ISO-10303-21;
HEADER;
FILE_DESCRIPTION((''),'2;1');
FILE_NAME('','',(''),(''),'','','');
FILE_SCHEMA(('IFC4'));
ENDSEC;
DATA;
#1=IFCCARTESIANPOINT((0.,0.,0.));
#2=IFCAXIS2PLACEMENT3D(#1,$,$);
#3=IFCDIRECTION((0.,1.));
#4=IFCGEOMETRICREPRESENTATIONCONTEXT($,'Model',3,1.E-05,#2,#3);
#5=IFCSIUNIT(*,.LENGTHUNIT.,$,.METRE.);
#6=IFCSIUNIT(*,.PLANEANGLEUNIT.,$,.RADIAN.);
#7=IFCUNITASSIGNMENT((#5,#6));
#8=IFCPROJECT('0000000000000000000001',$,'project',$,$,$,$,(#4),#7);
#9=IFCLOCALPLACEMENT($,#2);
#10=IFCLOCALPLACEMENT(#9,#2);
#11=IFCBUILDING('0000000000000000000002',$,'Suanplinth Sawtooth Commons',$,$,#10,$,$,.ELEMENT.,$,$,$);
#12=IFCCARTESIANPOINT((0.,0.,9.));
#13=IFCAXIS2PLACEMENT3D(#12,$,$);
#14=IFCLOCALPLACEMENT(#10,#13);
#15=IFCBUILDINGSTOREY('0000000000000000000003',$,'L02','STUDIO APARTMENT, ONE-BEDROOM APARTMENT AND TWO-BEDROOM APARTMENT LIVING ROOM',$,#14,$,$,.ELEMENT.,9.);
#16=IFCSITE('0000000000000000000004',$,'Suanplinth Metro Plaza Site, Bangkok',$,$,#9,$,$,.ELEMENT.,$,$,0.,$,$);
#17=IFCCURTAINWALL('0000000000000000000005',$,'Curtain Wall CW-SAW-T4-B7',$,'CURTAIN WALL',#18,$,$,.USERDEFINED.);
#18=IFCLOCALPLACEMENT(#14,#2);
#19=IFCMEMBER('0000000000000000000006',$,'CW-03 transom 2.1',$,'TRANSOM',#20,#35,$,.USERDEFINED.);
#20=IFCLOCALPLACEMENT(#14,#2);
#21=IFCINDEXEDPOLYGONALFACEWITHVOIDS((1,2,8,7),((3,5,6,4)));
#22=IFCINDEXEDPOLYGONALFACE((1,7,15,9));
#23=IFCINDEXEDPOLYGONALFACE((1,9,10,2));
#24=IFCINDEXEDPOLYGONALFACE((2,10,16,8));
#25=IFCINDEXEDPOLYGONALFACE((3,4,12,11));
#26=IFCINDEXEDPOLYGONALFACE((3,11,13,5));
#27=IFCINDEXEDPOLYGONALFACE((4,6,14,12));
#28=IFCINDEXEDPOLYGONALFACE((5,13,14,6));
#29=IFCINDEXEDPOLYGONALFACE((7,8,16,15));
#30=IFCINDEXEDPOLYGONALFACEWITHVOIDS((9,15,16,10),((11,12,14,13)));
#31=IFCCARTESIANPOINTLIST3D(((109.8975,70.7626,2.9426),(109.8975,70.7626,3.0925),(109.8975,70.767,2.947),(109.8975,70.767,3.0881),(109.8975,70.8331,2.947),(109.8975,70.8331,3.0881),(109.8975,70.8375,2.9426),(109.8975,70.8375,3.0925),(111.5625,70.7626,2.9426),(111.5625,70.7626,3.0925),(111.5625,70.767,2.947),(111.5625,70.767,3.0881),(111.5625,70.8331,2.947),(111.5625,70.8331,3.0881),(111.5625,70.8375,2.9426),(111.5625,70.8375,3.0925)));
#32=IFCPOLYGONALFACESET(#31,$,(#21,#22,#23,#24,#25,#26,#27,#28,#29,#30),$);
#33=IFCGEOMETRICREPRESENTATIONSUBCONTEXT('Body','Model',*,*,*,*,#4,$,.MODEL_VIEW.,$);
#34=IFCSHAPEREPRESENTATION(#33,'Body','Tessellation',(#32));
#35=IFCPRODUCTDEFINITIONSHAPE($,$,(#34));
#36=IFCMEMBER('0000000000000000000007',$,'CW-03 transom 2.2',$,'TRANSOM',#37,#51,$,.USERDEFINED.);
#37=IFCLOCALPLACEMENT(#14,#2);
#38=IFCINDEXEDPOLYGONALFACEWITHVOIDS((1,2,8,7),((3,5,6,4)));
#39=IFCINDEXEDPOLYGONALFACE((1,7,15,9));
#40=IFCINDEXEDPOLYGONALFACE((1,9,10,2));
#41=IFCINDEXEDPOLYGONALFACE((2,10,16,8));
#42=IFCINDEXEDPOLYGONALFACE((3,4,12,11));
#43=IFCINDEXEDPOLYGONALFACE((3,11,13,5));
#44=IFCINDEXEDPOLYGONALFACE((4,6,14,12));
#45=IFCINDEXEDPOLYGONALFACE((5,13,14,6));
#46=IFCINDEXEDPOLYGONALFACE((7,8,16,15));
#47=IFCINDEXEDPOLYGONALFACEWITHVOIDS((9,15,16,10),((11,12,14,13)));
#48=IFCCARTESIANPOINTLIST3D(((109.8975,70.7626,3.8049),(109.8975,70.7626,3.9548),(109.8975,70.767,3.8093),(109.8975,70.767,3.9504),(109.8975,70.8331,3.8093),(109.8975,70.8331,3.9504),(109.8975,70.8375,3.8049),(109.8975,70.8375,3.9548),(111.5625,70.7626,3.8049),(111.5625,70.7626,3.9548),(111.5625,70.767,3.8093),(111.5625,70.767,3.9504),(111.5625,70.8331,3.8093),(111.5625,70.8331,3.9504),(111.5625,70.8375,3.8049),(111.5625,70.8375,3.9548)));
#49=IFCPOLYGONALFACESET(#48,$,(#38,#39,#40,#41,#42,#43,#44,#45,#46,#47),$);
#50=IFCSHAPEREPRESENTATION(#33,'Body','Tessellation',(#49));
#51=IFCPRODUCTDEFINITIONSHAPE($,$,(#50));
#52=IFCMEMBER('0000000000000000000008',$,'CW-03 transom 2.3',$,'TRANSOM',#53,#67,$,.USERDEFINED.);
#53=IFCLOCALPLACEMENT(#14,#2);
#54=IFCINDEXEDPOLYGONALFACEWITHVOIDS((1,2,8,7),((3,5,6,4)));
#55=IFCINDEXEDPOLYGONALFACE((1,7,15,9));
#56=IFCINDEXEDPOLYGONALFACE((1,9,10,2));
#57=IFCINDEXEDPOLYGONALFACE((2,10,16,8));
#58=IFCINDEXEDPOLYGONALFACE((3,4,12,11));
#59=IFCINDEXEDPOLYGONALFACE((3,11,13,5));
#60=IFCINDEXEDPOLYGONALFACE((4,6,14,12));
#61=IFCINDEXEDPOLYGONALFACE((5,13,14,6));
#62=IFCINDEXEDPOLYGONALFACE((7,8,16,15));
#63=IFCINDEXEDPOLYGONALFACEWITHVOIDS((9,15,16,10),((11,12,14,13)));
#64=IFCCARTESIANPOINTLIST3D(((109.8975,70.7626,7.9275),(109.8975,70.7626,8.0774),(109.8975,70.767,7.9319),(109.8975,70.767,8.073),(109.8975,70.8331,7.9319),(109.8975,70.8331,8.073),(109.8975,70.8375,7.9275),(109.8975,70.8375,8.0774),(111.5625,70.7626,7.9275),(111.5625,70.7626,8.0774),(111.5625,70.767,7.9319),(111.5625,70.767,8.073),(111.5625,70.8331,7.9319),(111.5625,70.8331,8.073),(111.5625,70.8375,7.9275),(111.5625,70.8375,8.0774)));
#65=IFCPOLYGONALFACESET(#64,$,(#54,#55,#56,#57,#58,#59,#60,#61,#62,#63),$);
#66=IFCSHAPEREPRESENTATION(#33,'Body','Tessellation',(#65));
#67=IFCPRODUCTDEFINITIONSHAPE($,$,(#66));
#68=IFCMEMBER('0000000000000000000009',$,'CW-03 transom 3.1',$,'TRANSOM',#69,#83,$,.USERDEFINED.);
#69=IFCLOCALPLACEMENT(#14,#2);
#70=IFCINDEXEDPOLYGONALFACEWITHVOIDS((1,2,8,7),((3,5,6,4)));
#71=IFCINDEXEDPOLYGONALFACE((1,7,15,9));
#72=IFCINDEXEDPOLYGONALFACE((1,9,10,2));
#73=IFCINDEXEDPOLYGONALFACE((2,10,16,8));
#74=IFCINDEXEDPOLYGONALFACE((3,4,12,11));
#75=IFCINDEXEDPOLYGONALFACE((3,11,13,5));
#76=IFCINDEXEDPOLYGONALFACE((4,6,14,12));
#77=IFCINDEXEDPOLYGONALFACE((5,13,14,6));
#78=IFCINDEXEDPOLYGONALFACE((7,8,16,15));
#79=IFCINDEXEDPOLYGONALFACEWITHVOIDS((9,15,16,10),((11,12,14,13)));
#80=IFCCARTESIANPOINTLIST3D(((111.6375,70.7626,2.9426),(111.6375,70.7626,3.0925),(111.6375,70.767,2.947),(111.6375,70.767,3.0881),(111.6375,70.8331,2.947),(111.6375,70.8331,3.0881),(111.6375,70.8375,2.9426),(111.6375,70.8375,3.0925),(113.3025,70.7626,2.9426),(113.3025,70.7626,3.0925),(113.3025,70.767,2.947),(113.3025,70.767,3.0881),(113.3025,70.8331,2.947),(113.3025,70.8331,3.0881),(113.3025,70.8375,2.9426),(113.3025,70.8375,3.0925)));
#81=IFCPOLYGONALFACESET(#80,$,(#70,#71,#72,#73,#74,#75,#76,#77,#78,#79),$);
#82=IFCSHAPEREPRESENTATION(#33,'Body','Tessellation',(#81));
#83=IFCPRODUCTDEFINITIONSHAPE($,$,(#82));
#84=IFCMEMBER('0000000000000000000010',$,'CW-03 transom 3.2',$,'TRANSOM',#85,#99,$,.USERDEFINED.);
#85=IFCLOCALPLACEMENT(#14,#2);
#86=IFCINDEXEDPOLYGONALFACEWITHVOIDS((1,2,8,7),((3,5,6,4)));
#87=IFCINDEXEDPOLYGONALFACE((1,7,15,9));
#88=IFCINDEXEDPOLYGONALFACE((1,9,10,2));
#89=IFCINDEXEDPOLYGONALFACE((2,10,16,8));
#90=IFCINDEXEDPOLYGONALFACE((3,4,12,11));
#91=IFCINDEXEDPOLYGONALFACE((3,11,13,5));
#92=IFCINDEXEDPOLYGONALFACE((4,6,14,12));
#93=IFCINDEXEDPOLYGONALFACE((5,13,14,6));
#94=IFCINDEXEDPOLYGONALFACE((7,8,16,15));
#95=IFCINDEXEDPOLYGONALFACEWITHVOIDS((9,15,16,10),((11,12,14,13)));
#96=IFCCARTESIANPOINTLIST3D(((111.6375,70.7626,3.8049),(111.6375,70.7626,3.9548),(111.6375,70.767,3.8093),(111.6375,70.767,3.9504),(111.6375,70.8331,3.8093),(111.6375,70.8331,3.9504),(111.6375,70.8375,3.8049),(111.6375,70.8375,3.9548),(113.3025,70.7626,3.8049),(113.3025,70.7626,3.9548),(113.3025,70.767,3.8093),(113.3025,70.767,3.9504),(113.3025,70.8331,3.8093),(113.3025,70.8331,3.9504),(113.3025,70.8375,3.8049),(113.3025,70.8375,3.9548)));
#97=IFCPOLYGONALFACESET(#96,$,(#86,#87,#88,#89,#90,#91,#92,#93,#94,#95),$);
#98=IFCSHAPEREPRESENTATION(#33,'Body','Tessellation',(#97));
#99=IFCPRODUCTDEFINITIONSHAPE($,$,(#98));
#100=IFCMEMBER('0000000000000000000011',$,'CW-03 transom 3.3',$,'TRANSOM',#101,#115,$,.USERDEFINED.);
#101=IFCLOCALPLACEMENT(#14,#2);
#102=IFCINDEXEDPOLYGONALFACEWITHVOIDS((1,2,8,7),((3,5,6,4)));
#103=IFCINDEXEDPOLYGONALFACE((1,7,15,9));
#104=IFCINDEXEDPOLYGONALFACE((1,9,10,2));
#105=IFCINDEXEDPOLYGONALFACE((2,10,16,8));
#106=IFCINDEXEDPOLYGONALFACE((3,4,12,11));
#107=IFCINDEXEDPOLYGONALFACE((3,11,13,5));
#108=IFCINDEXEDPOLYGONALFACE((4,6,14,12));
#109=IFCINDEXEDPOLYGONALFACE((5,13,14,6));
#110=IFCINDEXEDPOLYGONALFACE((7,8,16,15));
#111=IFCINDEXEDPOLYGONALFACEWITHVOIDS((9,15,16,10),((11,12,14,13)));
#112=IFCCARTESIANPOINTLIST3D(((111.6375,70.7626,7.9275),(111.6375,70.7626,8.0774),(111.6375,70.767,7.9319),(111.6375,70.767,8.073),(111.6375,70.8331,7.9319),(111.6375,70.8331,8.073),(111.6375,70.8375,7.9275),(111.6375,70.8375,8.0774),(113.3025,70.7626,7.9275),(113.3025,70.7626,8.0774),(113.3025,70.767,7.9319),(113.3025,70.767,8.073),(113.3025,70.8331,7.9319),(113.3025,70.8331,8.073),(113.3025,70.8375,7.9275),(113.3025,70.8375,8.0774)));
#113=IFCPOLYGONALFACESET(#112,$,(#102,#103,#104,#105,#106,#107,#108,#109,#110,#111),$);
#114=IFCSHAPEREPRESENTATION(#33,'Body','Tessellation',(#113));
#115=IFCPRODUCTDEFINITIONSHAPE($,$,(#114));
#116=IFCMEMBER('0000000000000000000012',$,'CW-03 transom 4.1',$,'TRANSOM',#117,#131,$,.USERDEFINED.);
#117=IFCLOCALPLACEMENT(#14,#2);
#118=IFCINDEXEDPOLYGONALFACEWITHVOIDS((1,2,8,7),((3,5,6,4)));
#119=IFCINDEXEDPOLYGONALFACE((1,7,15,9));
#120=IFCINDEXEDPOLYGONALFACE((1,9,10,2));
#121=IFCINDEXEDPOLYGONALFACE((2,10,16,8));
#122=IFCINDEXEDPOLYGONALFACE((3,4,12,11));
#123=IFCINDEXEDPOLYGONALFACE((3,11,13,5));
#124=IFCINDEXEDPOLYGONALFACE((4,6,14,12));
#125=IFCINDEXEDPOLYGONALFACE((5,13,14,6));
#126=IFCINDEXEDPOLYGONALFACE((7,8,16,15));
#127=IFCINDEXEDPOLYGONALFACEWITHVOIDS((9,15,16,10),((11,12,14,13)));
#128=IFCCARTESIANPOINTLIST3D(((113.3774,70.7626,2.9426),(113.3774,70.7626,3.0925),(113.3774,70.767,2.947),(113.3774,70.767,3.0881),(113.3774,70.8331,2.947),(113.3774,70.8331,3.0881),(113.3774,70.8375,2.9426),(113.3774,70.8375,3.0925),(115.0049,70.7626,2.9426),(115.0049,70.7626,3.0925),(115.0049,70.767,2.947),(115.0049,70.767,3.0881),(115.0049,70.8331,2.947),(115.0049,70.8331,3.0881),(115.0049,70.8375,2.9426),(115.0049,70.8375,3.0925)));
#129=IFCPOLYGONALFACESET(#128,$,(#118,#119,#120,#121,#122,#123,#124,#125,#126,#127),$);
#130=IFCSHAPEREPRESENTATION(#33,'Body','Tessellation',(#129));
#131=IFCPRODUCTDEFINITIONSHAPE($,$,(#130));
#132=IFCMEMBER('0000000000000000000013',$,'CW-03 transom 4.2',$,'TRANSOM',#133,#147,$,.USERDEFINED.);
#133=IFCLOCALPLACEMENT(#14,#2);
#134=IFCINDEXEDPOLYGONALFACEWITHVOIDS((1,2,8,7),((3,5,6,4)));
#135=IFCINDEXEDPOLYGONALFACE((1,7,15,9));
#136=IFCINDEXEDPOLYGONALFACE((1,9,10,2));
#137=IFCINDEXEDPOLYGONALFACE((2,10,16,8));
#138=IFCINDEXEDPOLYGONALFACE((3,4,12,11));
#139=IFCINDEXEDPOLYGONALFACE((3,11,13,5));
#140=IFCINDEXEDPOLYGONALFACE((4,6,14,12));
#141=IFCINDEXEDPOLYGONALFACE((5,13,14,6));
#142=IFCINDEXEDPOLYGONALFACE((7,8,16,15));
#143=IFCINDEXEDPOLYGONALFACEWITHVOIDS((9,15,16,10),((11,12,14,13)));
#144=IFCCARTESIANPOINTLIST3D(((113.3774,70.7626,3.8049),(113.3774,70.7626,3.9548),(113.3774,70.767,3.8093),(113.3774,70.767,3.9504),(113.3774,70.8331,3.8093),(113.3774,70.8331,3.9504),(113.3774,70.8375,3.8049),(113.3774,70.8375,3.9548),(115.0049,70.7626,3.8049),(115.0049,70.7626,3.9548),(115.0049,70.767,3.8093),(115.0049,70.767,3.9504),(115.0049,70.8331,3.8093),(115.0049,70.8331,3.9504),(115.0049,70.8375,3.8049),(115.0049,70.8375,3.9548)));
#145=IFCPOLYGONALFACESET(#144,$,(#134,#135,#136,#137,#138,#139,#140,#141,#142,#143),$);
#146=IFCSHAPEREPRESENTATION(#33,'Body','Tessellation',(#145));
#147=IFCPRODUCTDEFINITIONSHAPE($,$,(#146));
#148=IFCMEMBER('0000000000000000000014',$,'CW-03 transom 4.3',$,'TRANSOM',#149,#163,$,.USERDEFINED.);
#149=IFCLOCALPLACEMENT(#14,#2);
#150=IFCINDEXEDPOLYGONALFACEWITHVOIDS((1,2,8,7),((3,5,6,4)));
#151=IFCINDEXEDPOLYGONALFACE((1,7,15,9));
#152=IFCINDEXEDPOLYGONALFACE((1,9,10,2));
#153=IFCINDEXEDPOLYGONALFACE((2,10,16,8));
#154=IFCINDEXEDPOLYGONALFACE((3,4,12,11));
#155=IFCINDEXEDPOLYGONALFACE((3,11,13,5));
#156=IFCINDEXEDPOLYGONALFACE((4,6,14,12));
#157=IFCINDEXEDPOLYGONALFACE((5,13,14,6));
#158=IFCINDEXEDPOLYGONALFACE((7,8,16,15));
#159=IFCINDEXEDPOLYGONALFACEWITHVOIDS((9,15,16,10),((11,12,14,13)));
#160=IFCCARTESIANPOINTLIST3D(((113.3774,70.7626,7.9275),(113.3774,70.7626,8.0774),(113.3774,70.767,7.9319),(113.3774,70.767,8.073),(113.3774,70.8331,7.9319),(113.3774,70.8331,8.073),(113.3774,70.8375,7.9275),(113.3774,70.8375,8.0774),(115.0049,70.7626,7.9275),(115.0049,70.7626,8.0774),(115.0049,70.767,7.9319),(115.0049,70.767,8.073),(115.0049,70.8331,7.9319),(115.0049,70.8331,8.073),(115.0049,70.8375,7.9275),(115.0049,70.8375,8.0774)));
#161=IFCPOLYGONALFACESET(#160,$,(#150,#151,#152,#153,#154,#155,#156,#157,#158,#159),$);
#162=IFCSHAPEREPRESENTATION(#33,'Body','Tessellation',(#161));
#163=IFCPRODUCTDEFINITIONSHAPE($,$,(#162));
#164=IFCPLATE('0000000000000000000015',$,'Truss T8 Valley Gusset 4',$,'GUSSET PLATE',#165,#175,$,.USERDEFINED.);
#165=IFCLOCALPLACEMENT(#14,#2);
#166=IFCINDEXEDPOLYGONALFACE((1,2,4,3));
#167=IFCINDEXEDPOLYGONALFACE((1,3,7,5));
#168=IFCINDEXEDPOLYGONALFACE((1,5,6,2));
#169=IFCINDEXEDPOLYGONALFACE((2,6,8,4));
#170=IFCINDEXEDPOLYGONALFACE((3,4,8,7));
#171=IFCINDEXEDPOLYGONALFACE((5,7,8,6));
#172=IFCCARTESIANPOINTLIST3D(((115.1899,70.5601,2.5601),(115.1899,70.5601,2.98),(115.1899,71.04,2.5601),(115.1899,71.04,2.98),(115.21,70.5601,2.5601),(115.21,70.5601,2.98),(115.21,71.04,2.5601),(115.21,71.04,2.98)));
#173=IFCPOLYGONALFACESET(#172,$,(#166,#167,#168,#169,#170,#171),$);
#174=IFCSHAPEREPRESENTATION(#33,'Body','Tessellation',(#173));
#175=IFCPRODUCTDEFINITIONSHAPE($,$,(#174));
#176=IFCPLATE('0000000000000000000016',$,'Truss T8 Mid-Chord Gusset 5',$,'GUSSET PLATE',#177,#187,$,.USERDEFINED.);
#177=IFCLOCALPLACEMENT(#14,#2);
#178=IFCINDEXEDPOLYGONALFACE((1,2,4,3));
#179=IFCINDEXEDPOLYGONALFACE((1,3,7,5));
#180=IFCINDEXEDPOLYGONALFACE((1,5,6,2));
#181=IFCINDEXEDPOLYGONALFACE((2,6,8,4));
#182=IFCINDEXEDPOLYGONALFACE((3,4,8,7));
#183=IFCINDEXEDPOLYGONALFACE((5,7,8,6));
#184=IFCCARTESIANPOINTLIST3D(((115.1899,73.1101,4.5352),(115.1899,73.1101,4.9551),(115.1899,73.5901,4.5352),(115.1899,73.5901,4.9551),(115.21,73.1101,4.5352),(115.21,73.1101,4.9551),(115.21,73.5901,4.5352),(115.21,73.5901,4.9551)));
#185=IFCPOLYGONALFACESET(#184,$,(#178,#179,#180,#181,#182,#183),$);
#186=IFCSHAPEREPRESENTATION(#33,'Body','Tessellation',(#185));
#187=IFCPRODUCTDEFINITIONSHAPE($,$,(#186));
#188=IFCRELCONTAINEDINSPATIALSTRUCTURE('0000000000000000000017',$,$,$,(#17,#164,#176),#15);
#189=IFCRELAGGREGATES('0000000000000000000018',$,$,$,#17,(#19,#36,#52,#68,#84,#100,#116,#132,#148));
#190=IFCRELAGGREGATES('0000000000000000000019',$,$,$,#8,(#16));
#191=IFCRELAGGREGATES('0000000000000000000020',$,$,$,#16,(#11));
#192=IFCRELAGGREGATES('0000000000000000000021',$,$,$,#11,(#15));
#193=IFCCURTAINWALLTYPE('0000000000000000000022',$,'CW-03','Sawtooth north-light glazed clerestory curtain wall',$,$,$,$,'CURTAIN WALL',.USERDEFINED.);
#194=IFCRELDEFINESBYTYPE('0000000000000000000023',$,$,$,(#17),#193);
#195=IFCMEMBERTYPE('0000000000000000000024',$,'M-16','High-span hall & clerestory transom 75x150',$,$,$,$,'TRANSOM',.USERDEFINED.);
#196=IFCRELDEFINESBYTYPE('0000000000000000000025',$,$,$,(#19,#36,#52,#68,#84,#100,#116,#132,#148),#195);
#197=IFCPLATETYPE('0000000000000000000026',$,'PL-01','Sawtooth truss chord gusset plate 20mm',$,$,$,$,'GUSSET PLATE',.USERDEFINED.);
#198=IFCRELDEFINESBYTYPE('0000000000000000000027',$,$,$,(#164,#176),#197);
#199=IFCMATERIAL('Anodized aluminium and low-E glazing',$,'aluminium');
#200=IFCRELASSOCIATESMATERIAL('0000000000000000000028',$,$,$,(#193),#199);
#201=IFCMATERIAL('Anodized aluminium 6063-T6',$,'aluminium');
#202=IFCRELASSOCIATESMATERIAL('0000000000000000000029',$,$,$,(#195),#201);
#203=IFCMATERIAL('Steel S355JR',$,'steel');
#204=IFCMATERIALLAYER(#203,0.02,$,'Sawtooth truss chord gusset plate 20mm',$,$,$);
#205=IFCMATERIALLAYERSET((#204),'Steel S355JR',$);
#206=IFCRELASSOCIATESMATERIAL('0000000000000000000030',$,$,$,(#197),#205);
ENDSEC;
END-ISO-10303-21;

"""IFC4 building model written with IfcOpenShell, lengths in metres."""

from ifc_helpers import new_model, si_unit, direction, frame, origin, origin_2d, place, context, subcontext, project, spatial, rectangle, hollow_rectangle, extrude, material, layer, layer_set, material_profile, profile_set, type_object, element, aggregate, save


model = new_model("IFC4")

# Units and contexts
model_context = context("Model", 3, precision=1e-05, world=origin(), true_north=direction((0.0, 1.0)))
body_context = subcontext(model_context, "Body", "Model", "MODEL_VIEW")
ifc_project = project(units=[si_unit("LENGTHUNIT", "METRE"), si_unit("PLANEANGLEUNIT", "RADIAN")], contexts=[model_context])

# Site, building, storey
site_placement = place(None, origin())
site = spatial("IfcSite", under=ifc_project, at=site_placement, Name="Suanplinth Metro Plaza Site, Bangkok", CompositionType="ELEMENT", RefElevation=0.0)
building_placement = place(site_placement, origin())
building = spatial("IfcBuilding", under=site, at=building_placement, Name="Suanplinth Sawtooth Commons", CompositionType="ELEMENT")
storey_placement = place(building_placement, frame((0.0, 0.0, 9.0)))
storey = spatial("IfcBuildingStorey", under=building, at=storey_placement, Name="L02", Description="STUDIO APARTMENT, ONE-BEDROOM APARTMENT AND TWO-BEDROOM APARTMENT LIVING ROOM", CompositionType="ELEMENT", Elevation=9.0)

# Shared definitions
ifc_material_1 = material(Name="Steel S355JR", Category="steel")

# Curtain wall, members
ifc_material_2 = material(Name="Anodized aluminium and low-E glazing", Category="aluminium")
curtain_wall_type = type_object("IfcCurtainWallType", Name="CW-03", Description="Sawtooth north-light glazed clerestory curtain wall", ElementType="CURTAIN WALL", PredefinedType="USERDEFINED", material=ifc_material_2)
curtain_wall_placement = place(storey_placement, origin())
curtain_wall = element("IfcCurtainWall", 1, at=curtain_wall_placement, inside=storey, type_object=curtain_wall_type, Name="Curtain Wall CW-SAW-T4-B7", ObjectType="CURTAIN WALL", PredefinedType="USERDEFINED")
ifc_material_3 = material(Name="Anodized aluminium 6063-T6", Category="aluminium")
ifc_material_profile_1 = material_profile(ifc_material_3, hollow_rectangle(XDim=0.075, YDim=0.1499, WallThickness=0.0044, at=origin_2d()), Name="ALU-TRN 75x150")
ifc_profile_set_1 = profile_set([ifc_material_profile_1], Name="Anodized aluminium 6063-T6")
member_type_1 = type_object("IfcMemberType", Name="M-16", Description="High-span hall & clerestory transom 75x150", ElementType="TRANSOM", PredefinedType="USERDEFINED", material=ifc_profile_set_1)
member_1_placement = place(storey_placement, frame((109.8975, 70.8, 3.0176), z_axis=(1.0, 0.0, 0.0), x_axis=(0.0, 1.0, 0.0)))
member_1 = element("IfcMember", 2, at=member_1_placement, type_object=member_type_1, Name="CW-03 transom 2.1", ObjectType="TRANSOM", PredefinedType="USERDEFINED", context=body_context, shape_type="SweptSolid", body=[
    extrude(hollow_rectangle(XDim=0.075, YDim=0.1499, WallThickness=0.0044, at=origin_2d()), origin(), (0.0, 0.0, 1.0), 1.665),
])
member_2_placement = place(storey_placement, frame((109.8975, 70.8, 3.8799), z_axis=(1.0, 0.0, 0.0), x_axis=(0.0, 1.0, 0.0)))
member_2 = element("IfcMember", 3, at=member_2_placement, type_object=member_type_1, Name="CW-03 transom 2.2", ObjectType="TRANSOM", PredefinedType="USERDEFINED", context=body_context, shape_type="SweptSolid", body=[
    extrude(hollow_rectangle(XDim=0.075, YDim=0.1499, WallThickness=0.0044, at=origin_2d()), origin(), (0.0, 0.0, 1.0), 1.665),
])
member_3_placement = place(storey_placement, frame((109.8975, 70.8, 8.0024), z_axis=(1.0, 0.0, 0.0), x_axis=(0.0, 1.0, 0.0)))
member_3 = element("IfcMember", 4, at=member_3_placement, type_object=member_type_1, Name="CW-03 transom 2.3", ObjectType="TRANSOM", PredefinedType="USERDEFINED", context=body_context, shape_type="SweptSolid", body=[
    extrude(hollow_rectangle(XDim=0.075, YDim=0.1499, WallThickness=0.0044, at=origin_2d()), origin(), (0.0, 0.0, 1.0), 1.665),
])
member_4_placement = place(storey_placement, frame((111.6375, 70.8, 3.0176), z_axis=(1.0, 0.0, 0.0), x_axis=(0.0, 1.0, 0.0)))
member_4 = element("IfcMember", 5, at=member_4_placement, type_object=member_type_1, Name="CW-03 transom 3.1", ObjectType="TRANSOM", PredefinedType="USERDEFINED", context=body_context, shape_type="SweptSolid", body=[
    extrude(hollow_rectangle(XDim=0.075, YDim=0.1499, WallThickness=0.0044, at=origin_2d()), origin(), (0.0, 0.0, 1.0), 1.665),
])
member_5_placement = place(storey_placement, frame((111.6375, 70.8, 3.8799), z_axis=(1.0, 0.0, 0.0), x_axis=(0.0, 1.0, 0.0)))
member_5 = element("IfcMember", 6, at=member_5_placement, type_object=member_type_1, Name="CW-03 transom 3.2", ObjectType="TRANSOM", PredefinedType="USERDEFINED", context=body_context, shape_type="SweptSolid", body=[
    extrude(hollow_rectangle(XDim=0.075, YDim=0.1499, WallThickness=0.0044, at=origin_2d()), origin(), (0.0, 0.0, 1.0), 1.665),
])
member_6_placement = place(storey_placement, frame((111.6375, 70.8, 8.0024), z_axis=(1.0, 0.0, 0.0), x_axis=(0.0, 1.0, 0.0)))
member_6 = element("IfcMember", 7, at=member_6_placement, type_object=member_type_1, Name="CW-03 transom 3.3", ObjectType="TRANSOM", PredefinedType="USERDEFINED", context=body_context, shape_type="SweptSolid", body=[
    extrude(hollow_rectangle(XDim=0.075, YDim=0.1499, WallThickness=0.0044, at=origin_2d()), origin(), (0.0, 0.0, 1.0), 1.665),
])
member_7_placement = place(storey_placement, frame((113.3774, 70.8, 3.0176), z_axis=(1.0, 0.0, 0.0), x_axis=(0.0, 1.0, 0.0)))
member_7 = element("IfcMember", 8, at=member_7_placement, type_object=member_type_1, Name="CW-03 transom 4.1", ObjectType="TRANSOM", PredefinedType="USERDEFINED", context=body_context, shape_type="SweptSolid", body=[
    extrude(hollow_rectangle(XDim=0.075, YDim=0.1499, WallThickness=0.0044, at=origin_2d()), origin(), (0.0, 0.0, 1.0), 1.6274),
])
member_8_placement = place(storey_placement, frame((113.3774, 70.8, 3.8799), z_axis=(1.0, 0.0, 0.0), x_axis=(0.0, 1.0, 0.0)))
member_8 = element("IfcMember", 9, at=member_8_placement, type_object=member_type_1, Name="CW-03 transom 4.2", ObjectType="TRANSOM", PredefinedType="USERDEFINED", context=body_context, shape_type="SweptSolid", body=[
    extrude(hollow_rectangle(XDim=0.075, YDim=0.1499, WallThickness=0.0044, at=origin_2d()), origin(), (0.0, 0.0, 1.0), 1.6274),
])
member_9_placement = place(storey_placement, frame((113.3774, 70.8, 8.0024), z_axis=(1.0, 0.0, 0.0), x_axis=(0.0, 1.0, 0.0)))
member_9 = element("IfcMember", 10, at=member_9_placement, type_object=member_type_1, Name="CW-03 transom 4.3", ObjectType="TRANSOM", PredefinedType="USERDEFINED", context=body_context, shape_type="SweptSolid", body=[
    extrude(hollow_rectangle(XDim=0.075, YDim=0.1499, WallThickness=0.0044, at=origin_2d()), origin(), (0.0, 0.0, 1.0), 1.6274),
])

# Plates
ifc_layer_1 = layer(ifc_material_1, 0.02, Name="Sawtooth truss chord gusset plate 20mm")
ifc_layer_set_1 = layer_set([ifc_layer_1], Name="Steel S355JR")
plate_type_1 = type_object("IfcPlateType", Name="PL-01", Description="Sawtooth truss chord gusset plate 20mm", ElementType="GUSSET PLATE", PredefinedType="USERDEFINED", material=ifc_layer_set_1)
for number, where, z_axis, x_axis, name in (
    (11, (115.2, 70.8, 2.5601), (0.0, 0.0, 1.0), (1.0, 0.0, 0.0), "Truss T8 Valley Gusset 4"),
    (12, (115.2, 73.3501, 4.5352), (0.0, 0.0, 1.0), (1.0, 0.0, 0.0), "Truss T8 Mid-Chord Gusset 5"),
):
    element("IfcPlate", number, at=place(storey_placement, frame(where, z_axis=z_axis, x_axis=x_axis)), inside=storey, type_object=plate_type_1, Name=name, ObjectType="GUSSET PLATE", PredefinedType="USERDEFINED", context=body_context, shape_type="SweptSolid", body=[
        extrude(rectangle(XDim=0.02, YDim=0.48, at=origin_2d()), origin(), (0.0, 0.0, 1.0), 0.4199),
    ])

aggregate(curtain_wall, [member_1, member_2, member_3, member_4, member_5, member_6, member_7, member_8, member_9])

save(model, "model.ifc")
